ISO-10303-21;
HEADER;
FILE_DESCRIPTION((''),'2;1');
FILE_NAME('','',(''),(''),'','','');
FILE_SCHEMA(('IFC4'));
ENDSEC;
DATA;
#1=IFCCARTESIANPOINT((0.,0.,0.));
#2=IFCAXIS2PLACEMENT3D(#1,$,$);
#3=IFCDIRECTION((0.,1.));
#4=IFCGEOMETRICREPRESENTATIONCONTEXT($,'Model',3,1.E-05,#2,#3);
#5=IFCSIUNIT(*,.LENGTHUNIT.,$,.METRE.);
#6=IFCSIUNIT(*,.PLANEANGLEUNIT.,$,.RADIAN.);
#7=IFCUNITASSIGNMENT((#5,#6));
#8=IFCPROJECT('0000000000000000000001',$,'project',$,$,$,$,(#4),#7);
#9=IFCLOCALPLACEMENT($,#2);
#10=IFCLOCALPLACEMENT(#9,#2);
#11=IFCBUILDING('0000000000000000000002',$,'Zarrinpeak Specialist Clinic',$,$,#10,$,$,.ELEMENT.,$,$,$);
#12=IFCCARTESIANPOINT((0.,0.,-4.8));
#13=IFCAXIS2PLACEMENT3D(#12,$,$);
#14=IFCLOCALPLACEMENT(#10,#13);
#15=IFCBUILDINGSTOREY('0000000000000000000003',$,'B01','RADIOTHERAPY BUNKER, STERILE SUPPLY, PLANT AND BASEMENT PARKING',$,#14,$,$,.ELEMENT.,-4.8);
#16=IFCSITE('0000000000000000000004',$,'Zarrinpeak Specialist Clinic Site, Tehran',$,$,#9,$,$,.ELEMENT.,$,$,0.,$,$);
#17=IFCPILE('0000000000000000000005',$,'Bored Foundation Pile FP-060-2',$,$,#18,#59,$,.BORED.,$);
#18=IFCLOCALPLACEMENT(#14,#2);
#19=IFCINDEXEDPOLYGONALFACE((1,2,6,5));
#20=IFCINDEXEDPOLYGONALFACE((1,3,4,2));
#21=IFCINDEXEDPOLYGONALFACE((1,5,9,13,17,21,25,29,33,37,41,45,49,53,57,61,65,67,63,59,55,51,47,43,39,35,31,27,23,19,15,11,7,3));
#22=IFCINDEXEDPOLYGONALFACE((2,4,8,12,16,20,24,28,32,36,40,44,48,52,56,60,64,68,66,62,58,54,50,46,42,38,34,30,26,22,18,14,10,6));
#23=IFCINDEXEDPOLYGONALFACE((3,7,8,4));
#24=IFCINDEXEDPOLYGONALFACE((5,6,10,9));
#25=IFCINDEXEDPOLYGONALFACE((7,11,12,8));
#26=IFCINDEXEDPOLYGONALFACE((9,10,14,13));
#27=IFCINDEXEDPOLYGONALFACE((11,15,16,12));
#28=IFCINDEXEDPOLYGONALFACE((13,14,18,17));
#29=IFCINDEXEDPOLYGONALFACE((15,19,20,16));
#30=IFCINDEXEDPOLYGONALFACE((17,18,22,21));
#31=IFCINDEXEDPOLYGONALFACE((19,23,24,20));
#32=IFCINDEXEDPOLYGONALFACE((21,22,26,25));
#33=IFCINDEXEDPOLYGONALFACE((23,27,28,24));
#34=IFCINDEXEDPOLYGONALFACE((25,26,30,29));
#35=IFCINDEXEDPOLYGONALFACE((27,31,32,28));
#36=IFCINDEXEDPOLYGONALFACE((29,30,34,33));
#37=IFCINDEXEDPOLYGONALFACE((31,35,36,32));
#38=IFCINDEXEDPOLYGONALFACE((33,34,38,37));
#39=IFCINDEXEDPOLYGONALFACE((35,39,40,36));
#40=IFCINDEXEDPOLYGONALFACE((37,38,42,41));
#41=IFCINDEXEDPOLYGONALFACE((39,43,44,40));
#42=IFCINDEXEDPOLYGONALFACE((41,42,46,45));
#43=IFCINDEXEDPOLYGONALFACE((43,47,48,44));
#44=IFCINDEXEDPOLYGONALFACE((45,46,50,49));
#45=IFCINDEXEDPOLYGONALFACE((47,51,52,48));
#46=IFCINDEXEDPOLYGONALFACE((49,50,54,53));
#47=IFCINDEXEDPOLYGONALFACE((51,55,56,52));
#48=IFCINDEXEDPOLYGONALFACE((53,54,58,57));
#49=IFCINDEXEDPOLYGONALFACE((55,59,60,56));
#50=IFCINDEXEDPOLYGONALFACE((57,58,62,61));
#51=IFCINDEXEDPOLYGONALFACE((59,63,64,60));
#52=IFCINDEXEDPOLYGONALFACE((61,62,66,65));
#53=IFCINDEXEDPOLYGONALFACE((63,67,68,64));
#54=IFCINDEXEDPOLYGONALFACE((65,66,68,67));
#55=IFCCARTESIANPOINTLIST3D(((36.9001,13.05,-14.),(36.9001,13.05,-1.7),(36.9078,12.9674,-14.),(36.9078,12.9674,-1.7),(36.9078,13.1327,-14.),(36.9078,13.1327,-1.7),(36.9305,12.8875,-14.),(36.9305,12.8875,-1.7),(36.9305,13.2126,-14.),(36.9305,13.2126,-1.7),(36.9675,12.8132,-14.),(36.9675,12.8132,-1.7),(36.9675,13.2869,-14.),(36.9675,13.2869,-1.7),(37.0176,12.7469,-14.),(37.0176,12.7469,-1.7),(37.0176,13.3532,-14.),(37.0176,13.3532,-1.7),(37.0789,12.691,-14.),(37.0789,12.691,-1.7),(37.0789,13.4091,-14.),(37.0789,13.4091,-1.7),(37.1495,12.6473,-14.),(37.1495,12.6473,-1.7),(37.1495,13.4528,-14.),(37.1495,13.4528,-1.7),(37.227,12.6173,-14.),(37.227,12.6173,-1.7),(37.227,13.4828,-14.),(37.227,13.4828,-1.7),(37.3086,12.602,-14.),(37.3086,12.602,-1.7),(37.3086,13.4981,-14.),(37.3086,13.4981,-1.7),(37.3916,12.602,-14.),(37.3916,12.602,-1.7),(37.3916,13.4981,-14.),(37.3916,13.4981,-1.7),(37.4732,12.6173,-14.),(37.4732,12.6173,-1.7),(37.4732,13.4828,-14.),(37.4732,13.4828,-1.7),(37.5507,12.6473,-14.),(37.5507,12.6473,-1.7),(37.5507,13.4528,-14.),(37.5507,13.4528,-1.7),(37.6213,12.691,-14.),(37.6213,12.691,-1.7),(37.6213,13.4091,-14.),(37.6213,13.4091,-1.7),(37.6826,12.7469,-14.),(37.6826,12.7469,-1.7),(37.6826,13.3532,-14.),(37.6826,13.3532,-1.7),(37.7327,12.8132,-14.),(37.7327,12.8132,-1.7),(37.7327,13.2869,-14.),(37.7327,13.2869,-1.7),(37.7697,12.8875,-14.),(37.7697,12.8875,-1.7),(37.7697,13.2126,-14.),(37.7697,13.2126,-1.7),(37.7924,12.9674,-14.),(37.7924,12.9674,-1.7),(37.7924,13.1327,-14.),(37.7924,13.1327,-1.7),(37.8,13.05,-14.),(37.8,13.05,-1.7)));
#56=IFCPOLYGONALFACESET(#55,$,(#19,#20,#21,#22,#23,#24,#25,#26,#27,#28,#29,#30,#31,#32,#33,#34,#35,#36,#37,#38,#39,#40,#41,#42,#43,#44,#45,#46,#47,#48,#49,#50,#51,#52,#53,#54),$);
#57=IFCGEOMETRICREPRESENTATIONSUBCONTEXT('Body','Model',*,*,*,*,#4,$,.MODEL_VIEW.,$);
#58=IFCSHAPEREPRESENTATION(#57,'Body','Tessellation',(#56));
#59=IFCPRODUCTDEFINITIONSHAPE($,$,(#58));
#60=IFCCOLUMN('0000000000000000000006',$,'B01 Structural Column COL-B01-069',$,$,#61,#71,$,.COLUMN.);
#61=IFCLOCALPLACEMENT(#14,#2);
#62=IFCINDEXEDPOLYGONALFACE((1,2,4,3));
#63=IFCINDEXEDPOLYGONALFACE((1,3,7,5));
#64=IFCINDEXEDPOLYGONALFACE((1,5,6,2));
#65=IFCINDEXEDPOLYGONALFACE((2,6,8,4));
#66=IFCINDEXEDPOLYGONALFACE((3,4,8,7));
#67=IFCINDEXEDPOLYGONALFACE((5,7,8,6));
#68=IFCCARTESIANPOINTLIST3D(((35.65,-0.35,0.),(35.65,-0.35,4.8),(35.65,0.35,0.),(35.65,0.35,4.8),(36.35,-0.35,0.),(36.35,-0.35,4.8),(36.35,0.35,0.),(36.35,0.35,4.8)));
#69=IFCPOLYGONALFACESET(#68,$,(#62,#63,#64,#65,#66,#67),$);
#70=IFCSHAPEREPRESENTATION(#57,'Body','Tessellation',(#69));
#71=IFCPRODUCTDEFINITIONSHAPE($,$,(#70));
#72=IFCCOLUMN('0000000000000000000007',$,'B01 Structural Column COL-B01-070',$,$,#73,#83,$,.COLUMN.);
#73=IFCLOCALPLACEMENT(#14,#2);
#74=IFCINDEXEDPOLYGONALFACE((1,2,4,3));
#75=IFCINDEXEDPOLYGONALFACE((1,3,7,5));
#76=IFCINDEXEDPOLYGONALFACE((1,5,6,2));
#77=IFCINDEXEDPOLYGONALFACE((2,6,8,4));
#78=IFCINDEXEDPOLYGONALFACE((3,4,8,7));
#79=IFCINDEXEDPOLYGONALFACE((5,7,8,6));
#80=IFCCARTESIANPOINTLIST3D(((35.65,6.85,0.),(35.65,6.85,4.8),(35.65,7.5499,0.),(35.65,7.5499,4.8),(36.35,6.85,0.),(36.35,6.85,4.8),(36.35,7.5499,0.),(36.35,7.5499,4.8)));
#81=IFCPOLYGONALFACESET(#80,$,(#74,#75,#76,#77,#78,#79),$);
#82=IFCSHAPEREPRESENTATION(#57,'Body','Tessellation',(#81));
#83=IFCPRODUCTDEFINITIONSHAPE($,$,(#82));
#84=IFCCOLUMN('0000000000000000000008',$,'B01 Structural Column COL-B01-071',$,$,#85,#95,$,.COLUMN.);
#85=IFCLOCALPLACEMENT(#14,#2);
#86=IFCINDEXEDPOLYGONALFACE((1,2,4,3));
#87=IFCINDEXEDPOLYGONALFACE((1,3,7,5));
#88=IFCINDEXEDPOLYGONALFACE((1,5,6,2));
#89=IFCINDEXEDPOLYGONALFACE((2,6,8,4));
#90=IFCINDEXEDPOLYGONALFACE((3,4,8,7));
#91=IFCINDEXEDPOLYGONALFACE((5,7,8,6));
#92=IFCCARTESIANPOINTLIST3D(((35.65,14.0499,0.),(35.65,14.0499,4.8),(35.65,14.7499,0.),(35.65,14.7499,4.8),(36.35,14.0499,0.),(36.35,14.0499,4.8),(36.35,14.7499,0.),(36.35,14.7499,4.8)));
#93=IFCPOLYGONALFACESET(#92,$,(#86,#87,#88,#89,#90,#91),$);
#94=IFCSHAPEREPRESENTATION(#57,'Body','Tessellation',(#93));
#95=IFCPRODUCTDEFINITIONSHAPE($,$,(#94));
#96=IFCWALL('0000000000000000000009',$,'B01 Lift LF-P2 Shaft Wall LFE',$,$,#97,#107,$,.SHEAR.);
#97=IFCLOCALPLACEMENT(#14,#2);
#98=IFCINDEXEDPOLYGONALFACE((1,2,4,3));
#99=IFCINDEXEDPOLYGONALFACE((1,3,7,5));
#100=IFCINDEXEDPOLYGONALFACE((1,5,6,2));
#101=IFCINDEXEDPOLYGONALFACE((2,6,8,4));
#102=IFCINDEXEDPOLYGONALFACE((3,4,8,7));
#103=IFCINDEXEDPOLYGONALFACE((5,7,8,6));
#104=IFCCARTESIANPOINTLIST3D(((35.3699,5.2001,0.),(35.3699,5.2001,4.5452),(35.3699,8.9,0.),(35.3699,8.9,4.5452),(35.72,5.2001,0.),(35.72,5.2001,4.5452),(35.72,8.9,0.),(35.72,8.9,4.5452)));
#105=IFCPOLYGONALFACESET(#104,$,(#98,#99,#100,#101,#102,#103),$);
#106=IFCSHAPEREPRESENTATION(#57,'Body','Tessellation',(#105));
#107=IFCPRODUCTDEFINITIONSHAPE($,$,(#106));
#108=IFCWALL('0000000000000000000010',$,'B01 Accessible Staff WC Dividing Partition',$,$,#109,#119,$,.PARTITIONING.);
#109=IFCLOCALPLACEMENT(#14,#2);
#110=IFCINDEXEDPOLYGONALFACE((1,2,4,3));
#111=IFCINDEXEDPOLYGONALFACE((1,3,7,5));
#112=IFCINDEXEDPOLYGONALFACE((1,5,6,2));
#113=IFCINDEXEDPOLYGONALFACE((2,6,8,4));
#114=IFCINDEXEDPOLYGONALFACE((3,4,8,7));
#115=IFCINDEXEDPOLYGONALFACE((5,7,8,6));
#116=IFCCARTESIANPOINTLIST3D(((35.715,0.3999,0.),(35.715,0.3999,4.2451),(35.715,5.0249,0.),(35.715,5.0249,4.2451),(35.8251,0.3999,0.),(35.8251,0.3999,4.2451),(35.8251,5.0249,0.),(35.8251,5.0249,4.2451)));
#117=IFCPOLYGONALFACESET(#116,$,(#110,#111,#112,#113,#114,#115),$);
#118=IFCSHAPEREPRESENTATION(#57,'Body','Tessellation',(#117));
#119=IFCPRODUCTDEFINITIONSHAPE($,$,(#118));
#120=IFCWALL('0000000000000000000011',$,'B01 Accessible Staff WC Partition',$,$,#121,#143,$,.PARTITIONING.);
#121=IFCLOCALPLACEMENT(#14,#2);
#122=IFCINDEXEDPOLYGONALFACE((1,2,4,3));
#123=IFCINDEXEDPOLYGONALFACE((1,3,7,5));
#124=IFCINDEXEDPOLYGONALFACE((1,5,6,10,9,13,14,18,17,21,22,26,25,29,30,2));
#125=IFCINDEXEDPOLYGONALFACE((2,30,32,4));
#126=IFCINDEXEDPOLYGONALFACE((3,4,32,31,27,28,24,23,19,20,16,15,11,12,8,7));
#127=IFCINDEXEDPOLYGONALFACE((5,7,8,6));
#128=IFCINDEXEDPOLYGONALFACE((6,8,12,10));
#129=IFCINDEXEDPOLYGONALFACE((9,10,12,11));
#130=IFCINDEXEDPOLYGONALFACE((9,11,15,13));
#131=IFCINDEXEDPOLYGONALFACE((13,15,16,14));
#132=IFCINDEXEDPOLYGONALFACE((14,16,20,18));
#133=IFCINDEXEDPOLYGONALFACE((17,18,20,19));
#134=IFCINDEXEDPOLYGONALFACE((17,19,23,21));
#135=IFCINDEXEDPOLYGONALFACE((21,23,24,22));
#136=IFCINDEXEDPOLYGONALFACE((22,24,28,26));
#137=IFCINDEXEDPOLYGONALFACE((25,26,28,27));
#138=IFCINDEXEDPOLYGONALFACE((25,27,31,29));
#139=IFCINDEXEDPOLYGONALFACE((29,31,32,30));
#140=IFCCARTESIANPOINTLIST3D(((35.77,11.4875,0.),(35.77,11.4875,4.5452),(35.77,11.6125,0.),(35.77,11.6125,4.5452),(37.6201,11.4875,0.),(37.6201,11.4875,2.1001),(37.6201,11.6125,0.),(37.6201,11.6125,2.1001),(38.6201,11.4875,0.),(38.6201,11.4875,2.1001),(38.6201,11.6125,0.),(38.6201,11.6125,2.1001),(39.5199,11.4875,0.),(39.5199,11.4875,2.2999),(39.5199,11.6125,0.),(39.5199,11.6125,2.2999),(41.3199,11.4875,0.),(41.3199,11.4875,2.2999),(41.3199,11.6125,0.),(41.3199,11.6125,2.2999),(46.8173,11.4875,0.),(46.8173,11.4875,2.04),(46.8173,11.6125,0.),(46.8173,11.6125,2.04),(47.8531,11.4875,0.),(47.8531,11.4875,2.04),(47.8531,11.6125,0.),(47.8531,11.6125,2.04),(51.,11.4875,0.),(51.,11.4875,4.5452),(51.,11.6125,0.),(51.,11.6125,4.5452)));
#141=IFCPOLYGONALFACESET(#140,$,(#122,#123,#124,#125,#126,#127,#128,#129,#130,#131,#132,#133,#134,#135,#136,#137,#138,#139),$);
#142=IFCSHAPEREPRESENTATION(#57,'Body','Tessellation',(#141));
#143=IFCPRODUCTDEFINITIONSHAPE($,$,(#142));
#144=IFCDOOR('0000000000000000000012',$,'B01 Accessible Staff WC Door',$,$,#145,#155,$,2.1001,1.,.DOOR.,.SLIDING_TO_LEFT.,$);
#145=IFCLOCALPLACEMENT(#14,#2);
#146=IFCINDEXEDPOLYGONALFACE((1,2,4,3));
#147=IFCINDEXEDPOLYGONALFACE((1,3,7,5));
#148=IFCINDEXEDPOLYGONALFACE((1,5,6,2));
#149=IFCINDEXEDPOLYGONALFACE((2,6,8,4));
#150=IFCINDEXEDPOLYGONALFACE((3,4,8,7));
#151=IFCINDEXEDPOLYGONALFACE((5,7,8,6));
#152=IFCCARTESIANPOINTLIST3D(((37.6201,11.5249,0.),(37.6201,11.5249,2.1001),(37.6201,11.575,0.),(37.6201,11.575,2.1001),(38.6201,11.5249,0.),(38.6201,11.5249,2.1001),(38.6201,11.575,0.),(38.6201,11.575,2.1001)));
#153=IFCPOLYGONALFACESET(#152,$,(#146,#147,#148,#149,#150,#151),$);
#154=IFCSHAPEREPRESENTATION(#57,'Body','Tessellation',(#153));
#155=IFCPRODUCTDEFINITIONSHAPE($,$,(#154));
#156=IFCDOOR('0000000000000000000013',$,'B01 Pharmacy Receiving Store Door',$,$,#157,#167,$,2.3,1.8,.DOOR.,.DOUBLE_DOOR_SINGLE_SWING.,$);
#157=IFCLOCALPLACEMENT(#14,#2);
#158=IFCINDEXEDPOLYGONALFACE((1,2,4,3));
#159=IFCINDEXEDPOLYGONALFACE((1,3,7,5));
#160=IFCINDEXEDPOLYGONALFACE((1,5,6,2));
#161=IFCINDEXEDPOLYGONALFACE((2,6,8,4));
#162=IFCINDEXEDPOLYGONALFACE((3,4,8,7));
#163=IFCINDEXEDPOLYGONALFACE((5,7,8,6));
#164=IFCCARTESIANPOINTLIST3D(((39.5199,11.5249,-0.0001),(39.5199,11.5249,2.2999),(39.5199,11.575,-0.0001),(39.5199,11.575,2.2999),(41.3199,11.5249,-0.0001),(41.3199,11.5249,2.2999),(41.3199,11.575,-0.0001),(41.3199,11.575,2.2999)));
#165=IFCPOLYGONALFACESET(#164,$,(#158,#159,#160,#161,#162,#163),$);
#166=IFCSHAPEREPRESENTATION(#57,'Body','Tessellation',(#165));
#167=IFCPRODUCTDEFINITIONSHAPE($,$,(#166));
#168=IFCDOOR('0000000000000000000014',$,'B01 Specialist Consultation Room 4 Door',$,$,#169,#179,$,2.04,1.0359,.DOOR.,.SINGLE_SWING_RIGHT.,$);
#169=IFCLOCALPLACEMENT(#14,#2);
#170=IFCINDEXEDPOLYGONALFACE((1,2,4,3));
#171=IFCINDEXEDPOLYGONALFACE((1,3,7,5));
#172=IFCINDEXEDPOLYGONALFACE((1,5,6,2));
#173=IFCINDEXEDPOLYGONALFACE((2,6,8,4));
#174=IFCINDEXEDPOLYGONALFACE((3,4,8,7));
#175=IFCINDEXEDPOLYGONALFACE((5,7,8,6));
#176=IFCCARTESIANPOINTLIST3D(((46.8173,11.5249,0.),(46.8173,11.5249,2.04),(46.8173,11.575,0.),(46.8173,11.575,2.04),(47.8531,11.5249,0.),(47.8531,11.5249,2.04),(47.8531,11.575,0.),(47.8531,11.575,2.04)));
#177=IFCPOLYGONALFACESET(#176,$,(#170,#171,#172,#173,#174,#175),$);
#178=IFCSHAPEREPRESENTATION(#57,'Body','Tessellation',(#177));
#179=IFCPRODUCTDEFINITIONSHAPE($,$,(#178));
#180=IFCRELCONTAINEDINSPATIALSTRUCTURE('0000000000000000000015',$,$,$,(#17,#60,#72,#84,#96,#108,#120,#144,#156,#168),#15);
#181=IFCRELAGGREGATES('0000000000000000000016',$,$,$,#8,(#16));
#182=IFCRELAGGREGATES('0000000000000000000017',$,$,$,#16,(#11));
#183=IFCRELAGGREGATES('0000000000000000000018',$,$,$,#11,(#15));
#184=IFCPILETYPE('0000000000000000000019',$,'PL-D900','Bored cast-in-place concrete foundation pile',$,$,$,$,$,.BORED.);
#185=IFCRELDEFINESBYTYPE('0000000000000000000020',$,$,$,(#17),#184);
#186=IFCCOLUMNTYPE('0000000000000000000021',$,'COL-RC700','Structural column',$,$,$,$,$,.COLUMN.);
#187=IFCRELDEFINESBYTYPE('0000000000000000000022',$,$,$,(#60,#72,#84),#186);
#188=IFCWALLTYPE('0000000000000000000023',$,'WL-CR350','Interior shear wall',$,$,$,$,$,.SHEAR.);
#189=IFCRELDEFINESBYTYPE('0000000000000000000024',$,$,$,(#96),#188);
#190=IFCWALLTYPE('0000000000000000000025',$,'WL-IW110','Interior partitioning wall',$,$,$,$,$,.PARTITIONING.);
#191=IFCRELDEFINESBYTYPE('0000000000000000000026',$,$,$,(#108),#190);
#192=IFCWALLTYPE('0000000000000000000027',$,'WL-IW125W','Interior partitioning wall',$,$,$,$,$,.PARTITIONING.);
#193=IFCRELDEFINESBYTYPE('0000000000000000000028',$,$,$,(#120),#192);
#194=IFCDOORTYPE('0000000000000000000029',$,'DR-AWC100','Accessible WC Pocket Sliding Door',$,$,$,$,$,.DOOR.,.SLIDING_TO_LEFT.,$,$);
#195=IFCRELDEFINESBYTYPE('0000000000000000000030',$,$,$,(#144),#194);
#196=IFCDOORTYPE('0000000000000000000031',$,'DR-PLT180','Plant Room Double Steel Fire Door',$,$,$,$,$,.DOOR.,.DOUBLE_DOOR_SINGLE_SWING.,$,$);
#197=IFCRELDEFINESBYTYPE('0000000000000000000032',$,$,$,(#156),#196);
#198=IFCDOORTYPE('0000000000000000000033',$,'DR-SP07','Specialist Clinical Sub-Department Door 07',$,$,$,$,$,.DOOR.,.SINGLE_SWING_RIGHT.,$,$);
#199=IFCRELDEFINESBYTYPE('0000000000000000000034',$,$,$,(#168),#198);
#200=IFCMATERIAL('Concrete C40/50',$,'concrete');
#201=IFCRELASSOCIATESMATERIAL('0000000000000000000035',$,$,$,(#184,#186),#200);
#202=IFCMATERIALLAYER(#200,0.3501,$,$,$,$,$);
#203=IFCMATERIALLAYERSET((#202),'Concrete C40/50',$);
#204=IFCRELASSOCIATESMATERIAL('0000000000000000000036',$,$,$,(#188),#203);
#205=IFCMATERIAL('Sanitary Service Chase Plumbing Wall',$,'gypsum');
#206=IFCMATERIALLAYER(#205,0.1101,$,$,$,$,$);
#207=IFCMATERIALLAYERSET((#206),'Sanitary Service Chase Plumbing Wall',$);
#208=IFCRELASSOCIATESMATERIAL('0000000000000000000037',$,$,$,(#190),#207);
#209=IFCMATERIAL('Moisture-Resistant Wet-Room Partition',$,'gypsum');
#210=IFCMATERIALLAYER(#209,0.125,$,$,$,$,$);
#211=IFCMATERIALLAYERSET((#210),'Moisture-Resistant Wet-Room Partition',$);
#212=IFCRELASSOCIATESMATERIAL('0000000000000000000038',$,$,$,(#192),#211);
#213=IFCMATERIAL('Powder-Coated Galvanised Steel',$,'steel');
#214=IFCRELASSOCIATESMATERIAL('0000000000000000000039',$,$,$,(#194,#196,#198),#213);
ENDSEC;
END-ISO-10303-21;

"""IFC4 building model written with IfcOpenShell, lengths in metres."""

from ifc_helpers import new_model, si_unit, direction, frame, frame_2d, origin, origin_2d, place, context, subcontext, project, spatial, rectangle, circle, extrude, material, layer, layer_set, material_profile, profile_set, type_object, element, fill, save


model = new_model("IFC4")

# Units and contexts
model_context = context("Model", 3, precision=1e-05, world=origin(), true_north=direction((0.0, 1.0)))
body_context = subcontext(model_context, "Body", "Model", "MODEL_VIEW")
ifc_project = project(units=[si_unit("LENGTHUNIT", "METRE"), si_unit("PLANEANGLEUNIT", "RADIAN")], contexts=[model_context])

# Site, building, storey
site_placement = place(None, origin())
site = spatial("IfcSite", under=ifc_project, at=site_placement, Name="Zarrinpeak Specialist Clinic Site, Tehran", CompositionType="ELEMENT", RefElevation=0.0)
building_placement = place(site_placement, origin())
building = spatial("IfcBuilding", under=site, at=building_placement, Name="Zarrinpeak Specialist Clinic", CompositionType="ELEMENT")
storey_placement = place(building_placement, frame((0.0, 0.0, -4.8)))
storey = spatial("IfcBuildingStorey", under=building, at=storey_placement, Name="B01", Description="RADIOTHERAPY BUNKER, STERILE SUPPLY, PLANT AND BASEMENT PARKING", CompositionType="ELEMENT", Elevation=-4.8)

# Shared definitions
ifc_material_1 = material(Name="Concrete C40/50", Category="concrete")

# Pile
ifc_material_profile_1 = material_profile(ifc_material_1, circle(Radius=0.45, at=origin_2d()), Name="BORED PILE D900")
ifc_profile_set_1 = profile_set([ifc_material_profile_1], Name="Concrete C40/50")
pile_type = type_object("IfcPileType", Name="PL-D900", Description="Bored cast-in-place concrete foundation pile", PredefinedType="BORED", material=ifc_profile_set_1)
for number, where, z_axis, x_axis, name in (
    (1, (37.3501, 13.05, -1.7), (0.0, 0.0, -1.0), (1.0, 0.0, 0.0), "Bored Foundation Pile FP-060-2"),
):
    element("IfcPile", number, at=place(storey_placement, frame(where, z_axis=z_axis, x_axis=x_axis)), inside=storey, type_object=pile_type, Name=name, PredefinedType="BORED", context=body_context, shape_type="SweptSolid", body=[
        extrude(circle(Radius=0.45, at=origin_2d()), origin(), (0.0, 0.0, 1.0), 12.3),
    ])

# Columns
ifc_material_profile_2 = material_profile(ifc_material_1, rectangle(XDim=0.7, YDim=0.7, at=origin_2d()), Name="RC 700x700")
ifc_profile_set_2 = profile_set([ifc_material_profile_2], Name="Concrete C40/50")
column_type = type_object("IfcColumnType", Name="COL-RC700", Description="Structural column", PredefinedType="COLUMN", material=ifc_profile_set_2)
for number, where, z_axis, x_axis, name in (
    (2, (36.0, 0.0, 0.0), (0.0, 0.0, 1.0), (1.0, 0.0, 0.0), "B01 Structural Column COL-B01-069"),
    (3, (36.0, 7.2, 0.0), (0.0, 0.0, 1.0), (1.0, 0.0, 0.0), "B01 Structural Column COL-B01-070"),
    (4, (36.0, 14.3999, 0.0), (0.0, 0.0, 1.0), (1.0, 0.0, 0.0), "B01 Structural Column COL-B01-071"),
):
    element("IfcColumn", number, at=place(storey_placement, frame(where, z_axis=z_axis, x_axis=x_axis)), inside=storey, type_object=column_type, Name=name, PredefinedType="COLUMN", context=body_context, shape_type="SweptSolid", body=[
        extrude(rectangle(XDim=0.7, YDim=0.7, at=origin_2d()), origin(), (0.0, 0.0, 1.0), 4.8),
    ])

# Walls
ifc_layer_1 = layer(ifc_material_1, 0.3501)
ifc_layer_set_1 = layer_set([ifc_layer_1], Name="Concrete C40/50")
wall_type_1 = type_object("IfcWallType", Name="WL-CR350", Description="Interior shear wall", PredefinedType="SHEAR", material=ifc_layer_set_1)
wall_1_placement = place(storey_placement, frame((35.5449, 5.2, 0.0), z_axis=(0.0, 0.0, 1.0), x_axis=(0.0, 1.0, 0.0)))
element("IfcWall", 5, at=wall_1_placement, inside=storey, type_object=wall_type_1, Name="B01 Lift LF-P2 Shaft Wall LFE", PredefinedType="SHEAR", context=body_context, shape_type="SweptSolid", body=[
    extrude(rectangle(XDim=3.7, YDim=0.3501, at=frame_2d((1.8501, 0.0))), origin(), (0.0, 0.0, 1.0), 4.5452),
])
ifc_material_2 = material(Name="Sanitary Service Chase Plumbing Wall", Category="gypsum")
ifc_layer_2 = layer(ifc_material_2, 0.1101)
ifc_layer_set_2 = layer_set([ifc_layer_2], Name="Sanitary Service Chase Plumbing Wall")
wall_type_2 = type_object("IfcWallType", Name="WL-IW110", Description="Interior partitioning wall", PredefinedType="PARTITIONING", material=ifc_layer_set_2)
wall_2_placement = place(storey_placement, frame((35.77, 0.3999, 0.0), z_axis=(0.0, 0.0, 1.0), x_axis=(0.0, 1.0, 0.0)))
element("IfcWall", 6, at=wall_2_placement, inside=storey, type_object=wall_type_2, Name="B01 Accessible Staff WC Dividing Partition", PredefinedType="PARTITIONING", context=body_context, shape_type="SweptSolid", body=[
    extrude(rectangle(XDim=4.625, YDim=0.1101, at=frame_2d((2.3125, 0.0))), origin(), (0.0, 0.0, 1.0), 4.2451),
])

# Wall, openings, doors
ifc_material_3 = material(Name="Moisture-Resistant Wet-Room Partition", Category="gypsum")
ifc_layer_3 = layer(ifc_material_3, 0.125)
ifc_layer_set_3 = layer_set([ifc_layer_3], Name="Moisture-Resistant Wet-Room Partition")
wall_type_3 = type_object("IfcWallType", Name="WL-IW125W", Description="Interior partitioning wall", PredefinedType="PARTITIONING", material=ifc_layer_set_3)
wall_3_placement = place(storey_placement, frame((35.77, 11.55, 0.0), z_axis=(0.0, 0.0, 1.0), x_axis=(1.0, 0.0, 0.0)))
wall_3 = element("IfcWall", 7, at=wall_3_placement, inside=storey, type_object=wall_type_3, Name="B01 Accessible Staff WC Partition", PredefinedType="PARTITIONING", context=body_context, shape_type="SweptSolid", body=[
    extrude(rectangle(XDim=15.23, YDim=0.125, at=frame_2d((7.615, 0.0))), origin(), (0.0, 0.0, 1.0), 4.5452),
])
opening_1_placement = place(wall_3_placement, frame((1.8501, 0.0, 0.0)))
opening_1 = element("IfcOpeningElement", 8, at=opening_1_placement, cuts=wall_3, PredefinedType="OPENING", context=body_context, shape_type="SweptSolid", body=[
    extrude(rectangle(XDim=1.0, YDim=2.1001, at=frame_2d((0.5, 1.05))), frame((0.0, 0.0725, 0.0), z_axis=(0.0, -1.0, 0.0), x_axis=(1.0, 0.0, 0.0)), (0.0, 0.0, 1.0), 0.145),
])
opening_2_placement = place(wall_3_placement, frame((3.75, 0.0, 0.0)))
opening_2 = element("IfcOpeningElement", 9, at=opening_2_placement, cuts=wall_3, PredefinedType="OPENING", context=body_context, shape_type="SweptSolid", body=[
    extrude(rectangle(XDim=1.8, YDim=2.3, at=frame_2d((0.8999, 1.1499))), frame((0.0, 0.0725, 0.0), z_axis=(0.0, -1.0, 0.0), x_axis=(1.0, 0.0, 0.0)), (0.0, 0.0, 1.0), 0.145),
])
opening_3_placement = place(wall_3_placement, frame((11.0471, 0.0, 0.0)))
opening_3 = element("IfcOpeningElement", 10, at=opening_3_placement, cuts=wall_3, PredefinedType="OPENING", context=body_context, shape_type="SweptSolid", body=[
    extrude(rectangle(XDim=1.0359, YDim=2.04, at=frame_2d((0.5181, 1.02))), frame((0.0, 0.0725, 0.0), z_axis=(0.0, -1.0, 0.0), x_axis=(1.0, 0.0, 0.0)), (0.0, 0.0, 1.0), 0.145),
])
ifc_material_4 = material(Name="Powder-Coated Galvanised Steel", Category="steel")
door_type_1 = type_object("IfcDoorType", Name="DR-AWC100", Description="Accessible WC Pocket Sliding Door", OperationType="SLIDING_TO_LEFT", PredefinedType="DOOR", material=ifc_material_4)
door_1_placement = place(opening_1_placement, origin())
door_1 = element("IfcDoor", 11, at=door_1_placement, inside=storey, type_object=door_type_1, Name="B01 Accessible Staff WC Door", OperationType="SLIDING_TO_LEFT", OverallHeight=2.1001, OverallWidth=1.0, PredefinedType="DOOR", context=body_context, shape_type="SweptSolid", body=[
    extrude(rectangle(XDim=1.0, YDim=2.1001, at=frame_2d((0.5, 1.05))), frame((0.0, 0.0249, 0.0), z_axis=(0.0, -1.0, 0.0), x_axis=(1.0, 0.0, 0.0)), (0.0, 0.0, 1.0), 0.05),
])
fill(opening_1, door_1)
door_type_2 = type_object("IfcDoorType", Name="DR-PLT180", Description="Plant Room Double Steel Fire Door", OperationType="DOUBLE_DOOR_SINGLE_SWING", PredefinedType="DOOR", material=ifc_material_4)
door_2_placement = place(opening_2_placement, origin())
door_2 = element("IfcDoor", 12, at=door_2_placement, inside=storey, type_object=door_type_2, Name="B01 Pharmacy Receiving Store Door", OperationType="DOUBLE_DOOR_SINGLE_SWING", OverallHeight=2.3, OverallWidth=1.8, PredefinedType="DOOR", context=body_context, shape_type="SweptSolid", body=[
    extrude(rectangle(XDim=1.8, YDim=2.3, at=frame_2d((0.8999, 1.1499))), frame((0.0, 0.0249, 0.0), z_axis=(0.0, -1.0, 0.0), x_axis=(1.0, 0.0, 0.0)), (0.0, 0.0, 1.0), 0.05),
])
fill(opening_2, door_2)
door_type_3 = type_object("IfcDoorType", Name="DR-SP07", Description="Specialist Clinical Sub-Department Door 07", OperationType="SINGLE_SWING_RIGHT", PredefinedType="DOOR", material=ifc_material_4)
door_3_placement = place(opening_3_placement, origin())
door_3 = element("IfcDoor", 13, at=door_3_placement, inside=storey, type_object=door_type_3, Name="B01 Specialist Consultation Room 4 Door", OperationType="SINGLE_SWING_RIGHT", OverallHeight=2.04, OverallWidth=1.0359, PredefinedType="DOOR", context=body_context, shape_type="SweptSolid", body=[
    extrude(rectangle(XDim=1.0359, YDim=2.04, at=frame_2d((0.5181, 1.02))), frame((0.0, 0.0249, 0.0), z_axis=(0.0, -1.0, 0.0), x_axis=(1.0, 0.0, 0.0)), (0.0, 0.0, 1.0), 0.05),
])
fill(opening_3, door_3)

save(model, "model.ifc")
